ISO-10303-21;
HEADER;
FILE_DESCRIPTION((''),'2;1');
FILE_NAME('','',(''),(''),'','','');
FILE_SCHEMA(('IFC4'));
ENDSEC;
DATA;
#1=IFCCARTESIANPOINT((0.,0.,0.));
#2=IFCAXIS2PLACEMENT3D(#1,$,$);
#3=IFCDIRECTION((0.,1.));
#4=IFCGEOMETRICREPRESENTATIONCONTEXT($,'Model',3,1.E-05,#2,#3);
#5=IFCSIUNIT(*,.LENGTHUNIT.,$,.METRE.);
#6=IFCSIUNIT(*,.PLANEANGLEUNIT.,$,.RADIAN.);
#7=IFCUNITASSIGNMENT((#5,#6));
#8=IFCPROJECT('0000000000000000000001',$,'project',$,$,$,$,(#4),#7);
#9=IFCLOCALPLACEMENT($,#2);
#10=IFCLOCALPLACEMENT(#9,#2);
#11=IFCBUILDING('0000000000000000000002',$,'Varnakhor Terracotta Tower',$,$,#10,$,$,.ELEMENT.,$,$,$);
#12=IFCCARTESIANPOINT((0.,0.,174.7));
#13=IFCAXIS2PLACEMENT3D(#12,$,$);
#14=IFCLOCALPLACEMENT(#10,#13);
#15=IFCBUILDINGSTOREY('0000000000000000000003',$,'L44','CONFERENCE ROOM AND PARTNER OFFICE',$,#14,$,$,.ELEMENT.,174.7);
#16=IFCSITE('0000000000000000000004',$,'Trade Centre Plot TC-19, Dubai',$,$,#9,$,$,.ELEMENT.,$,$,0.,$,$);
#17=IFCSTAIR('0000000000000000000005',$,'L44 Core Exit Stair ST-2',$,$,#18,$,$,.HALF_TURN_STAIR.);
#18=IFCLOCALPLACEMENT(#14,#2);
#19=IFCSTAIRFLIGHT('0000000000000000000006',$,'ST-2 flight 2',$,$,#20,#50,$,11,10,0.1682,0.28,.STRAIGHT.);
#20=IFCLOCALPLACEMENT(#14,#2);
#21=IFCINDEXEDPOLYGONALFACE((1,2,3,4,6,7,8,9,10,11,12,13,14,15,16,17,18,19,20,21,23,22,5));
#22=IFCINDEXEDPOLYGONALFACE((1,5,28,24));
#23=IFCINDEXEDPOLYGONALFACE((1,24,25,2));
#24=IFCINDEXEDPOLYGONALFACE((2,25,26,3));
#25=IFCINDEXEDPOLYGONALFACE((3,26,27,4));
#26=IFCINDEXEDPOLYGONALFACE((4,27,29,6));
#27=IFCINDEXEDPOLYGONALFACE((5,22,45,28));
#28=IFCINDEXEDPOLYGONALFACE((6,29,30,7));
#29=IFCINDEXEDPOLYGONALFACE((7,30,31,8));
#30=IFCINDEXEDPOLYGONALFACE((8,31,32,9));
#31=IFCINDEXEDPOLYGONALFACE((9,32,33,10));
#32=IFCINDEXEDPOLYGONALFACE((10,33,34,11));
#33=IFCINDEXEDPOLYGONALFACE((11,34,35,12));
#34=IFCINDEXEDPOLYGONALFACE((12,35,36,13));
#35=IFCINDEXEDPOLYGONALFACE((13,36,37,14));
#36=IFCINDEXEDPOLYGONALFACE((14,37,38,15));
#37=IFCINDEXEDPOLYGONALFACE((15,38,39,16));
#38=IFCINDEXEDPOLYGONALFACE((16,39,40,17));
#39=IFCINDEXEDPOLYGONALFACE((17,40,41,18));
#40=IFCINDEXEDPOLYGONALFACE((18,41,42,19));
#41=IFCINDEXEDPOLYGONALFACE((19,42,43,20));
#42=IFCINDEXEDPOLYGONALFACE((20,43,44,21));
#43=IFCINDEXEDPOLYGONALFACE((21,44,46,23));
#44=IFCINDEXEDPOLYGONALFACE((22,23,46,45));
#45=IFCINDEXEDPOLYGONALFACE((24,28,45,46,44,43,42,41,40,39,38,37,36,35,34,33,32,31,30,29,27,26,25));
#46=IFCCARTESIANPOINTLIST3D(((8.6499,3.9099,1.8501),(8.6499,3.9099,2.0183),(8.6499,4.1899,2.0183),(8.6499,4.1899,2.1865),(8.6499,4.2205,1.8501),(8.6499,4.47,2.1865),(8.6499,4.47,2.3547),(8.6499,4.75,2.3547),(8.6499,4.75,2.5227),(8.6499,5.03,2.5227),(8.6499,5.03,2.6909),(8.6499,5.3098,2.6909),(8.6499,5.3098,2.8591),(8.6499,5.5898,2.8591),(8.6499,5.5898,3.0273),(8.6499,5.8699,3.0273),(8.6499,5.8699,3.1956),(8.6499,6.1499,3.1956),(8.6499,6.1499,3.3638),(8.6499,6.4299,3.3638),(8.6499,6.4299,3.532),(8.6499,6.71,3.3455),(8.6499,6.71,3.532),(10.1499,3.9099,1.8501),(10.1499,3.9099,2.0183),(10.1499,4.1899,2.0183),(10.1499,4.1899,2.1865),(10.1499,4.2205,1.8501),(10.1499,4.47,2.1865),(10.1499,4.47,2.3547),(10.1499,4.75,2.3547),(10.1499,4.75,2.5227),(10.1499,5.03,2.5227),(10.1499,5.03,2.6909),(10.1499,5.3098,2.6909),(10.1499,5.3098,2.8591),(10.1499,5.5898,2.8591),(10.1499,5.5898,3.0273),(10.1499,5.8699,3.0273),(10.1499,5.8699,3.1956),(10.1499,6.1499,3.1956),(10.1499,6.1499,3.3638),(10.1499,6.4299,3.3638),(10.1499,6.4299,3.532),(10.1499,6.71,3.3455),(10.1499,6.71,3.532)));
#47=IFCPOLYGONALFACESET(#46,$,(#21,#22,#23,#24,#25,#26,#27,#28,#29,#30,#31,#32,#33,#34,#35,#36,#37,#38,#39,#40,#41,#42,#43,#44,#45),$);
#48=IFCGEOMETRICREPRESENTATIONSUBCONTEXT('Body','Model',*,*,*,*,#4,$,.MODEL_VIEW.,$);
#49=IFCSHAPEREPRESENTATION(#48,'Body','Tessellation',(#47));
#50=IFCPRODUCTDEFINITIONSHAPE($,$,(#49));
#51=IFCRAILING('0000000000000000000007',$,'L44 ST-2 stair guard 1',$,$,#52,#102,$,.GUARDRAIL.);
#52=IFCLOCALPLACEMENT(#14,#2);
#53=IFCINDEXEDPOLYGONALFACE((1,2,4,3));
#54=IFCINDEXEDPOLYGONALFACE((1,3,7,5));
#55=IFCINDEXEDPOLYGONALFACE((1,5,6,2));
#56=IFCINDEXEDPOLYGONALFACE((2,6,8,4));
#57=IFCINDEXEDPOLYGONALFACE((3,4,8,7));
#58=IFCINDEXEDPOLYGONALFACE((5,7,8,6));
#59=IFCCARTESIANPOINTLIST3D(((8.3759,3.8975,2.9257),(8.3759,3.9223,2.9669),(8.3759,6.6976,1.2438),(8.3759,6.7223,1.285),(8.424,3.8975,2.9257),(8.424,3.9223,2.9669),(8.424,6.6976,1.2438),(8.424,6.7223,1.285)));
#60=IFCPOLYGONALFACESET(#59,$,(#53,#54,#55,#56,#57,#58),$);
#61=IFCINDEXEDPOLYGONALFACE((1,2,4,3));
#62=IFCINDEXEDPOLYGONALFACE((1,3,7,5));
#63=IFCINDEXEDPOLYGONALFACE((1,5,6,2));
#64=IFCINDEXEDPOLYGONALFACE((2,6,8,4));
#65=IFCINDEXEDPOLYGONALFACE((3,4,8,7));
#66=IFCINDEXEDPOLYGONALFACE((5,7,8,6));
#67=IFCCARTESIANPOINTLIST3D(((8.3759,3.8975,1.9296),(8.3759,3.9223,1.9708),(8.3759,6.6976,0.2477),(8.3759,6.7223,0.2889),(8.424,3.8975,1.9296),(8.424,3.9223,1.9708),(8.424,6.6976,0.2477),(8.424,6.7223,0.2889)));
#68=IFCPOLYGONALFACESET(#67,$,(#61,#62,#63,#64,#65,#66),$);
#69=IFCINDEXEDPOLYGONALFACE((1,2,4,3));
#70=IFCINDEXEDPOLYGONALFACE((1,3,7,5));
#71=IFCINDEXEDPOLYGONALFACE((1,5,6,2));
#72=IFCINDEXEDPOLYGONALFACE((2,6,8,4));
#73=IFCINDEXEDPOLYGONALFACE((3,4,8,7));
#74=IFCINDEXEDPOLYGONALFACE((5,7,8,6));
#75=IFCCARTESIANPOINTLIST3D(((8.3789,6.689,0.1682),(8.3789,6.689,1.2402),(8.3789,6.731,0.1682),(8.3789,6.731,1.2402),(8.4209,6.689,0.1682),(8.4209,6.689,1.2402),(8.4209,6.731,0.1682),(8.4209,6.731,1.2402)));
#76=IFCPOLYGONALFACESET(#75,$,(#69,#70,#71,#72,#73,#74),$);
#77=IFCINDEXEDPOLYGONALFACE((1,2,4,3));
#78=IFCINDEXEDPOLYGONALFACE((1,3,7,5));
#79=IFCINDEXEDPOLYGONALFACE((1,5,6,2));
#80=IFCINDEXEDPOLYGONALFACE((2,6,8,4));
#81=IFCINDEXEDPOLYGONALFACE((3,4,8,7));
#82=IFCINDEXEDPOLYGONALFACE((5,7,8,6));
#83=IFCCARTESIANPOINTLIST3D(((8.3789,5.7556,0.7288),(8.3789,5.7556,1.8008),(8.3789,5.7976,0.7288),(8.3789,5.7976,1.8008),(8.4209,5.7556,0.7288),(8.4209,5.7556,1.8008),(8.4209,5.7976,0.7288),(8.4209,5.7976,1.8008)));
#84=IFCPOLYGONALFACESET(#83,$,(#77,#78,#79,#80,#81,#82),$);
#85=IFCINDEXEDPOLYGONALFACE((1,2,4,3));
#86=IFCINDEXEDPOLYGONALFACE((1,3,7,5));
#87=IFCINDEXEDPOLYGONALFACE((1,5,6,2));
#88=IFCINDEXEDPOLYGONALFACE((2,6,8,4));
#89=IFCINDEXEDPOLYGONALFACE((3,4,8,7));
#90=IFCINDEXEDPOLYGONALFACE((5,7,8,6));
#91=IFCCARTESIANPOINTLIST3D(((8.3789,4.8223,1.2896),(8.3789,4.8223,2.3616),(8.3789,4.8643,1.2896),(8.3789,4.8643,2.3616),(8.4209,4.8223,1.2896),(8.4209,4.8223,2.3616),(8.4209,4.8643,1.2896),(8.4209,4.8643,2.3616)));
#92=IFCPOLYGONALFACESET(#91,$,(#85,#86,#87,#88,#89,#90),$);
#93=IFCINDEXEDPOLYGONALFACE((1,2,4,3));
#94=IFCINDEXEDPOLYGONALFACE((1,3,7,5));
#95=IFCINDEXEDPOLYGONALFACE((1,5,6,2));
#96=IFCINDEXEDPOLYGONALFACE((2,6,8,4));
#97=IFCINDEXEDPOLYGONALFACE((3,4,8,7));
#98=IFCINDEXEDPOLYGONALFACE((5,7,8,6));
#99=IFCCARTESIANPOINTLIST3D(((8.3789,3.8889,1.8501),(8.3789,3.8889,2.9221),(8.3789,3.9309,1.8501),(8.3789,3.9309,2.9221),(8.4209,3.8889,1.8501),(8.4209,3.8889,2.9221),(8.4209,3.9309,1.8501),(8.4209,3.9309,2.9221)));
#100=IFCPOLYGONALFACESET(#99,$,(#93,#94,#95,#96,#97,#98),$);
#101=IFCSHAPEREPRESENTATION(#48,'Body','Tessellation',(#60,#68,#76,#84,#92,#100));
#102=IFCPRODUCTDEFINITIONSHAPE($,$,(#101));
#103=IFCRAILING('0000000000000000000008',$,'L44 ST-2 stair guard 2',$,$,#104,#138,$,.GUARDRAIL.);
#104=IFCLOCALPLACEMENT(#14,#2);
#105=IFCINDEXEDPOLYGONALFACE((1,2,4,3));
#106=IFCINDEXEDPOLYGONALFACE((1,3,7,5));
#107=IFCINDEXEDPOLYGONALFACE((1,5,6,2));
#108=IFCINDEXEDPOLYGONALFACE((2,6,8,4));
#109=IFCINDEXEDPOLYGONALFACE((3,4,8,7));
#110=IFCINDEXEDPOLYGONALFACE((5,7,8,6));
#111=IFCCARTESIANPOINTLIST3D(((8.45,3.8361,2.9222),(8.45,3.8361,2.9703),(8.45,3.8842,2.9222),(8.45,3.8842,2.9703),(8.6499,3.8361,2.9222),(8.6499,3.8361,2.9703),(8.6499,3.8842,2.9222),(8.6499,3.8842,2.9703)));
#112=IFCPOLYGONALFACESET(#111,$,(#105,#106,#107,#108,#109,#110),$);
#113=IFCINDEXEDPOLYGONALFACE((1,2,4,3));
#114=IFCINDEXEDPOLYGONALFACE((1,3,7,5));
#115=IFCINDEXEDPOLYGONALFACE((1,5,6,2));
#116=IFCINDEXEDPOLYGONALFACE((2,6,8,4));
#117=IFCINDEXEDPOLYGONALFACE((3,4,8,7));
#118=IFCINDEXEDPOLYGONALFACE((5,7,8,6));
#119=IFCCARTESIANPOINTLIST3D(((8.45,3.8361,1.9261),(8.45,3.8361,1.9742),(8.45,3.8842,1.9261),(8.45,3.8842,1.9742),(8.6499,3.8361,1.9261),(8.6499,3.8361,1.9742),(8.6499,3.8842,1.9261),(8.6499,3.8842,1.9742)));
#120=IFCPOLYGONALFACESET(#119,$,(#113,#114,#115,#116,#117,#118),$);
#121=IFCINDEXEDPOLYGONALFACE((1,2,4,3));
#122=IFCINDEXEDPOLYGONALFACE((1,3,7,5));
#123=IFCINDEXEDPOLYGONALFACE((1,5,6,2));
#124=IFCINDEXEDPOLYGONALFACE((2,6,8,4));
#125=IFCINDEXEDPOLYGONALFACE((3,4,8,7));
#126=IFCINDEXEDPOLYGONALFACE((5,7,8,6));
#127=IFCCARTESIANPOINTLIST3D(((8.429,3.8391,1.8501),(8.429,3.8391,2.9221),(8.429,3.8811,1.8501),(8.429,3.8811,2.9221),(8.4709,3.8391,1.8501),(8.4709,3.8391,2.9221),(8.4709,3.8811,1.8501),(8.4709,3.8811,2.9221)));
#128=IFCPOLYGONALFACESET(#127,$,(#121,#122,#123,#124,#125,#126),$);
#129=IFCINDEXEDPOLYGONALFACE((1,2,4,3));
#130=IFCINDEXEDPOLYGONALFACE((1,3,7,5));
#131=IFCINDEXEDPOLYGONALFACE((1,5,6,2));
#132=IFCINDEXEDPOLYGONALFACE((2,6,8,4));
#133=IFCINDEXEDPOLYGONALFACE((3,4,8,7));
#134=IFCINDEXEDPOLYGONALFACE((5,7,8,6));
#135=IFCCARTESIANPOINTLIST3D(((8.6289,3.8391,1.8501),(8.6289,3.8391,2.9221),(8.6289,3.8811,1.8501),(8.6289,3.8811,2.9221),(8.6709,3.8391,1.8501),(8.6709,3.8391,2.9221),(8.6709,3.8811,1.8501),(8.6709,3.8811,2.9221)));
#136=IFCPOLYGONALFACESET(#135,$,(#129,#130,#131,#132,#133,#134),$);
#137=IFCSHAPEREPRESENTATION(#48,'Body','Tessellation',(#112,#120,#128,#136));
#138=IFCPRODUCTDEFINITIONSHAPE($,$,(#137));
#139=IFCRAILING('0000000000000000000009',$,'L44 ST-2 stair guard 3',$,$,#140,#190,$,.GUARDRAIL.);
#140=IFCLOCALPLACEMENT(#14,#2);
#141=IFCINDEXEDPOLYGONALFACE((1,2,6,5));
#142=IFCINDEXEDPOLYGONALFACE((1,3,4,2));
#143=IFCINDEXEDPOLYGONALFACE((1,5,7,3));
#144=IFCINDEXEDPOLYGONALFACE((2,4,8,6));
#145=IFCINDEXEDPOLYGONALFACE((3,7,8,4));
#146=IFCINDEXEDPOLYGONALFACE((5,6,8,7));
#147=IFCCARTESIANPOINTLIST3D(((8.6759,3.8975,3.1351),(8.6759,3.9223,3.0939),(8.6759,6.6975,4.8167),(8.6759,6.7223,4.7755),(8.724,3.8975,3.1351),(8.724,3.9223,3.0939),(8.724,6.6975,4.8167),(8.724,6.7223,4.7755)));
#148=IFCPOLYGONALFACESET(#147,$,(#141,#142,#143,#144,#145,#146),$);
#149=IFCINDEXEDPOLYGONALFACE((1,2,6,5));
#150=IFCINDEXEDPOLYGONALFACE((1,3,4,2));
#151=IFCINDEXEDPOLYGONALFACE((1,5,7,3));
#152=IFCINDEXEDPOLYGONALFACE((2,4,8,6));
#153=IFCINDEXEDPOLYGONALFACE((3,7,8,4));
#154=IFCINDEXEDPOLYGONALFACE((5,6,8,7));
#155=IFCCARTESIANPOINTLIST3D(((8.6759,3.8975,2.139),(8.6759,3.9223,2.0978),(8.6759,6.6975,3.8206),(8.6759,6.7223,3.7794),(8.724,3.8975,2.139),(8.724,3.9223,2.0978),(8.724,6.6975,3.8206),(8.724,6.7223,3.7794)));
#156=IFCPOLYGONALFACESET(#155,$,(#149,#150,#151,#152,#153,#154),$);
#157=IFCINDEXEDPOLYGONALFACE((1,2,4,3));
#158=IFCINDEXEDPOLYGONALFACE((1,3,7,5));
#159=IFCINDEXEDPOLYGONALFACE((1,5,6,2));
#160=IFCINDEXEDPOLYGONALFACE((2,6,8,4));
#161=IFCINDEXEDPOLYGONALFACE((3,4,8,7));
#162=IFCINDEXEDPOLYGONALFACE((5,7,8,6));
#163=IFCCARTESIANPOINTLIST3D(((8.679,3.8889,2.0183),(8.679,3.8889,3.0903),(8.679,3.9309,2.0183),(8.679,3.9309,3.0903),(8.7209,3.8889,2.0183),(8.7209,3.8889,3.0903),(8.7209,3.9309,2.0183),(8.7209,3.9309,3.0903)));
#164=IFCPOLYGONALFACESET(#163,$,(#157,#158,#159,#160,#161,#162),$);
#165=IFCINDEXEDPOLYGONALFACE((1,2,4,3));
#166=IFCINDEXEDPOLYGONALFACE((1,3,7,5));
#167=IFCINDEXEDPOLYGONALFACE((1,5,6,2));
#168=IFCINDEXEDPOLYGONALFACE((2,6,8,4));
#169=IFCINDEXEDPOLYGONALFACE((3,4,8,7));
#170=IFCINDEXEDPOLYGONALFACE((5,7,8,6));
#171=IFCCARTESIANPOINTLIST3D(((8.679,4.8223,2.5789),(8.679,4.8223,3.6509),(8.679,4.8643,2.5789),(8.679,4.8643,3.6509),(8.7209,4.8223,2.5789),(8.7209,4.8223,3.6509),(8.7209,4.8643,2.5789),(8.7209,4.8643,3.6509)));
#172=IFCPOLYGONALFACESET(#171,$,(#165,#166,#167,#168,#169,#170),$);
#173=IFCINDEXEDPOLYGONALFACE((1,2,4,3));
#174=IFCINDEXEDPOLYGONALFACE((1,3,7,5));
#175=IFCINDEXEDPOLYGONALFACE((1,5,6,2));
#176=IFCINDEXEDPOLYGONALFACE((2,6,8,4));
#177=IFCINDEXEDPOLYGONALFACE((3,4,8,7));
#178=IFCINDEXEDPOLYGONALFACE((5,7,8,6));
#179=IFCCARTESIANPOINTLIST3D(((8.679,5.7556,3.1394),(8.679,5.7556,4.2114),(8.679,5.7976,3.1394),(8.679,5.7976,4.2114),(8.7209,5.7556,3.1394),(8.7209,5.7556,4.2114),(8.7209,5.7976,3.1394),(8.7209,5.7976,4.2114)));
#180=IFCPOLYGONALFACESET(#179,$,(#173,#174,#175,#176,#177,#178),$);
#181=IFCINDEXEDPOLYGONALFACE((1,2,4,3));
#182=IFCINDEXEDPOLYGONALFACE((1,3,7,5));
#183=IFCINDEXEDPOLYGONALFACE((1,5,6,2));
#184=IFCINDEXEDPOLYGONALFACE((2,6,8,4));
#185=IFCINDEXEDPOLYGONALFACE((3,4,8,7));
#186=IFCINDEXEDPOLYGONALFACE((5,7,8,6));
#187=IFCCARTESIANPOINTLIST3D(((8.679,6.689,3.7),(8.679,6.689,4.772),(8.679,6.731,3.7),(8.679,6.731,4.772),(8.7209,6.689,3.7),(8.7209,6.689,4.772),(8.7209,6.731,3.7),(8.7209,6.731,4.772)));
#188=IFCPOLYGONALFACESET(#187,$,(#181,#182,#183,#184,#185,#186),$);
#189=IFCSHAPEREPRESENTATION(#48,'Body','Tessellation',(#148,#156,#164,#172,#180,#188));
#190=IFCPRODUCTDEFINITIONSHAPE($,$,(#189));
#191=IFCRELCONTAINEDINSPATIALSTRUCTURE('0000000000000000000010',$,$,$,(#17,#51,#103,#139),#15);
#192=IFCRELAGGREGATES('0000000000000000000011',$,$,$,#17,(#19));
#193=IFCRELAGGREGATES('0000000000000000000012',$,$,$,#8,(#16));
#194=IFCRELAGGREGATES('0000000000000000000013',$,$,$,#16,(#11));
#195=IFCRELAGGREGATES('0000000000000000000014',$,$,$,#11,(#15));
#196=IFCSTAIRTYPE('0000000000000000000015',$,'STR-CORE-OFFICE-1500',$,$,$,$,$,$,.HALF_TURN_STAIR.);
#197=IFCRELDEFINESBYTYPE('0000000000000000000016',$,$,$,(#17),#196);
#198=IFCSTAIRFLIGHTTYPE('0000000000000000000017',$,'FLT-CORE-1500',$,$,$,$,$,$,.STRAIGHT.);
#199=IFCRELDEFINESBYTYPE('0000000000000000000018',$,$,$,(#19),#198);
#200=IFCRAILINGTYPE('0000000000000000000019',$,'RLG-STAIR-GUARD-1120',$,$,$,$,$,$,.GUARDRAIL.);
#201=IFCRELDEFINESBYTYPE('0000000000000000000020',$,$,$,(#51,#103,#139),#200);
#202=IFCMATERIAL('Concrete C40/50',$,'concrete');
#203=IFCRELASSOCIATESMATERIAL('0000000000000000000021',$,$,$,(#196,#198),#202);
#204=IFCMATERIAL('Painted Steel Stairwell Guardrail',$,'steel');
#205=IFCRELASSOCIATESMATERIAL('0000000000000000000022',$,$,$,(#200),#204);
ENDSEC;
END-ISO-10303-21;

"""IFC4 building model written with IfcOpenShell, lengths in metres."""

from ifc_helpers import new_model, si_unit, direction, frame, origin, origin_2d, place, context, subcontext, project, spatial, polyline, rectangle, outline, extrude, material, type_object, element, aggregate, save


model = new_model("IFC4")

# Units and contexts
model_context = context("Model", 3, precision=1e-05, world=origin(), true_north=direction((0.0, 1.0)))
body_context = subcontext(model_context, "Body", "Model", "MODEL_VIEW")
ifc_project = project(units=[si_unit("LENGTHUNIT", "METRE"), si_unit("PLANEANGLEUNIT", "RADIAN")], contexts=[model_context])

# Site, building, storey
site_placement = place(None, origin())
site = spatial("IfcSite", under=ifc_project, at=site_placement, Name="Trade Centre Plot TC-19, Dubai", CompositionType="ELEMENT", RefElevation=0.0)
building_placement = place(site_placement, origin())
building = spatial("IfcBuilding", under=site, at=building_placement, Name="Varnakhor Terracotta Tower", CompositionType="ELEMENT")
storey_placement = place(building_placement, frame((0.0, 0.0, 174.7)))
storey = spatial("IfcBuildingStorey", under=building, at=storey_placement, Name="L44", Description="CONFERENCE ROOM AND PARTNER OFFICE", CompositionType="ELEMENT", Elevation=174.7)

# Stair
ifc_material_1 = material(Name="Concrete C40/50", Category="concrete")
stair_type = type_object("IfcStairType", Name="STR-CORE-OFFICE-1500", PredefinedType="HALF_TURN_STAIR", material=ifc_material_1)
stair_1_placement = place(storey_placement, origin())
stair_1 = element("IfcStair", 1, at=stair_1_placement, inside=storey, type_object=stair_type, Name="L44 Core Exit Stair ST-2", PredefinedType="HALF_TURN_STAIR")

# Stair flight
stair_flight_type = type_object("IfcStairFlightType", Name="FLT-CORE-1500", PredefinedType="STRAIGHT", material=ifc_material_1)
stair_flight_1_placement = place(storey_placement, frame((9.3999, 3.9099, 1.8501), z_axis=(0.0, 0.0, 1.0), x_axis=(0.0, 1.0, 0.0)))
stair_flight_1 = element("IfcStairFlight", 2, at=stair_flight_1_placement, type_object=stair_flight_type, Name="ST-2 flight 2", NumberOfRisers=11, NumberOfTreads=10, PredefinedType="STRAIGHT", RiserHeight=0.1682, TreadLength=0.28, context=body_context, shape_type="SweptSolid", body=[
    extrude(outline(polyline([(0.0, 0.0), (0.0, 0.1682), (0.28, 0.1682), (0.28, 0.3364), (0.5601, 0.3364), (0.5601, 0.5046), (0.8401, 0.5046), (0.8401, 0.6726), (1.1201, 0.6726), (1.1201, 0.8408), (1.3999, 0.8408), (1.3999, 1.009), (1.6799, 1.009), (1.6799, 1.1772), (1.96, 1.1772), (1.96, 1.3455), (2.24, 1.3455), (2.24, 1.5137), (2.52, 1.5137), (2.52, 1.6819), (2.8, 1.6819), (2.8, 1.8501), (2.8, 1.4954), (0.3105, 0.0), (0.0, 0.0)])), frame((0.0, 0.75, 0.0), z_axis=(0.0, -1.0, 0.0), x_axis=(1.0, 0.0, 0.0)), (0.0, 0.0, 1.0), 1.5),
])
aggregate(stair_1, [stair_flight_1])

# Railings
ifc_material_2 = material(Name="Painted Steel Stairwell Guardrail", Category="steel")
railing_type_1 = type_object("IfcRailingType", Name="RLG-STAIR-GUARD-1120", PredefinedType="GUARDRAIL", material=ifc_material_2)
railing_1_placement = place(storey_placement, frame((8.3999, 6.71, 0.1682)))
element("IfcRailing", 3, at=railing_1_placement, inside=storey, type_object=railing_type_1, Name="L44 ST-2 stair guard 1", PredefinedType="GUARDRAIL", context=body_context, shape_type="SweptSolid", body=[
    extrude(rectangle(XDim=0.0481, YDim=0.0481, at=origin_2d()), frame((0.0, 0.0, 1.0962), z_axis=(0.0, -0.857242, 0.514913), x_axis=(1.0, 0.0, 0.0)), (0.0, 0.0, 1.0), 3.2664),
    extrude(rectangle(XDim=0.0481, YDim=0.0481, at=origin_2d()), frame((0.0, 0.0, 0.1001), z_axis=(0.0, -0.857242, 0.514913), x_axis=(1.0, 0.0, 0.0)), (0.0, 0.0, 1.0), 3.2664),
    extrude(rectangle(XDim=0.042, YDim=0.042, at=origin_2d()), origin(), (0.0, 0.0, 1.0), 1.072),
    extrude(rectangle(XDim=0.042, YDim=0.042, at=origin_2d()), frame((0.0, -0.9333, 0.5605)), (0.0, 0.0, 1.0), 1.072),
    extrude(rectangle(XDim=0.042, YDim=0.042, at=origin_2d()), frame((0.0, -1.8667, 1.1213)), (0.0, 0.0, 1.0), 1.072),
    extrude(rectangle(XDim=0.042, YDim=0.042, at=origin_2d()), frame((0.0, -2.8, 1.6819)), (0.0, 0.0, 1.0), 1.072),
])
railing_2_placement = place(storey_placement, frame((8.45, 3.8601, 1.8501)))
element("IfcRailing", 4, at=railing_2_placement, inside=storey, type_object=railing_type_1, Name="L44 ST-2 stair guard 2", PredefinedType="GUARDRAIL", context=body_context, shape_type="SweptSolid", body=[
    extrude(rectangle(XDim=0.0481, YDim=0.0481, at=origin_2d()), frame((0.0, 0.0, 1.0962), z_axis=(1.0, 0.0, 0.0), x_axis=(0.0, 1.0, 0.0)), (0.0, 0.0, 1.0), 0.2),
    extrude(rectangle(XDim=0.0481, YDim=0.0481, at=origin_2d()), frame((0.0, 0.0, 0.1001), z_axis=(1.0, 0.0, 0.0), x_axis=(0.0, 1.0, 0.0)), (0.0, 0.0, 1.0), 0.2),
    extrude(rectangle(XDim=0.042, YDim=0.042, at=origin_2d()), origin(), (0.0, 0.0, 1.0), 1.072),
    extrude(rectangle(XDim=0.042, YDim=0.042, at=origin_2d()), frame((0.2, 0.0, 0.0)), (0.0, 0.0, 1.0), 1.072),
])
railing_3_placement = place(storey_placement, frame((8.7, 3.9099, 2.0183)))
element("IfcRailing", 5, at=railing_3_placement, inside=storey, type_object=railing_type_1, Name="L44 ST-2 stair guard 3", PredefinedType="GUARDRAIL", context=body_context, shape_type="SweptSolid", body=[
    extrude(rectangle(XDim=0.0481, YDim=0.0481, at=origin_2d()), frame((0.0, 0.0, 1.0962), z_axis=(0.0, 0.857275, 0.514858), x_axis=(-1.0, 0.0, 0.0)), (0.0, 0.0, 1.0), 3.2661),
    extrude(rectangle(XDim=0.0481, YDim=0.0481, at=origin_2d()), frame((0.0, 0.0, 0.1001), z_axis=(0.0, 0.857275, 0.514858), x_axis=(-1.0, 0.0, 0.0)), (0.0, 0.0, 1.0), 3.2661),
    extrude(rectangle(XDim=0.042, YDim=0.042, at=origin_2d()), origin(), (0.0, 0.0, 1.0), 1.072),
    extrude(rectangle(XDim=0.042, YDim=0.042, at=origin_2d()), frame((0.0, 0.9333, 0.5605)), (0.0, 0.0, 1.0), 1.072),
    extrude(rectangle(XDim=0.042, YDim=0.042, at=origin_2d()), frame((0.0, 1.8667, 1.1211)), (0.0, 0.0, 1.0), 1.072),
    extrude(rectangle(XDim=0.042, YDim=0.042, at=origin_2d()), frame((0.0, 2.8, 1.6816)), (0.0, 0.0, 1.0), 1.072),
])

save(model, "model.ifc")
